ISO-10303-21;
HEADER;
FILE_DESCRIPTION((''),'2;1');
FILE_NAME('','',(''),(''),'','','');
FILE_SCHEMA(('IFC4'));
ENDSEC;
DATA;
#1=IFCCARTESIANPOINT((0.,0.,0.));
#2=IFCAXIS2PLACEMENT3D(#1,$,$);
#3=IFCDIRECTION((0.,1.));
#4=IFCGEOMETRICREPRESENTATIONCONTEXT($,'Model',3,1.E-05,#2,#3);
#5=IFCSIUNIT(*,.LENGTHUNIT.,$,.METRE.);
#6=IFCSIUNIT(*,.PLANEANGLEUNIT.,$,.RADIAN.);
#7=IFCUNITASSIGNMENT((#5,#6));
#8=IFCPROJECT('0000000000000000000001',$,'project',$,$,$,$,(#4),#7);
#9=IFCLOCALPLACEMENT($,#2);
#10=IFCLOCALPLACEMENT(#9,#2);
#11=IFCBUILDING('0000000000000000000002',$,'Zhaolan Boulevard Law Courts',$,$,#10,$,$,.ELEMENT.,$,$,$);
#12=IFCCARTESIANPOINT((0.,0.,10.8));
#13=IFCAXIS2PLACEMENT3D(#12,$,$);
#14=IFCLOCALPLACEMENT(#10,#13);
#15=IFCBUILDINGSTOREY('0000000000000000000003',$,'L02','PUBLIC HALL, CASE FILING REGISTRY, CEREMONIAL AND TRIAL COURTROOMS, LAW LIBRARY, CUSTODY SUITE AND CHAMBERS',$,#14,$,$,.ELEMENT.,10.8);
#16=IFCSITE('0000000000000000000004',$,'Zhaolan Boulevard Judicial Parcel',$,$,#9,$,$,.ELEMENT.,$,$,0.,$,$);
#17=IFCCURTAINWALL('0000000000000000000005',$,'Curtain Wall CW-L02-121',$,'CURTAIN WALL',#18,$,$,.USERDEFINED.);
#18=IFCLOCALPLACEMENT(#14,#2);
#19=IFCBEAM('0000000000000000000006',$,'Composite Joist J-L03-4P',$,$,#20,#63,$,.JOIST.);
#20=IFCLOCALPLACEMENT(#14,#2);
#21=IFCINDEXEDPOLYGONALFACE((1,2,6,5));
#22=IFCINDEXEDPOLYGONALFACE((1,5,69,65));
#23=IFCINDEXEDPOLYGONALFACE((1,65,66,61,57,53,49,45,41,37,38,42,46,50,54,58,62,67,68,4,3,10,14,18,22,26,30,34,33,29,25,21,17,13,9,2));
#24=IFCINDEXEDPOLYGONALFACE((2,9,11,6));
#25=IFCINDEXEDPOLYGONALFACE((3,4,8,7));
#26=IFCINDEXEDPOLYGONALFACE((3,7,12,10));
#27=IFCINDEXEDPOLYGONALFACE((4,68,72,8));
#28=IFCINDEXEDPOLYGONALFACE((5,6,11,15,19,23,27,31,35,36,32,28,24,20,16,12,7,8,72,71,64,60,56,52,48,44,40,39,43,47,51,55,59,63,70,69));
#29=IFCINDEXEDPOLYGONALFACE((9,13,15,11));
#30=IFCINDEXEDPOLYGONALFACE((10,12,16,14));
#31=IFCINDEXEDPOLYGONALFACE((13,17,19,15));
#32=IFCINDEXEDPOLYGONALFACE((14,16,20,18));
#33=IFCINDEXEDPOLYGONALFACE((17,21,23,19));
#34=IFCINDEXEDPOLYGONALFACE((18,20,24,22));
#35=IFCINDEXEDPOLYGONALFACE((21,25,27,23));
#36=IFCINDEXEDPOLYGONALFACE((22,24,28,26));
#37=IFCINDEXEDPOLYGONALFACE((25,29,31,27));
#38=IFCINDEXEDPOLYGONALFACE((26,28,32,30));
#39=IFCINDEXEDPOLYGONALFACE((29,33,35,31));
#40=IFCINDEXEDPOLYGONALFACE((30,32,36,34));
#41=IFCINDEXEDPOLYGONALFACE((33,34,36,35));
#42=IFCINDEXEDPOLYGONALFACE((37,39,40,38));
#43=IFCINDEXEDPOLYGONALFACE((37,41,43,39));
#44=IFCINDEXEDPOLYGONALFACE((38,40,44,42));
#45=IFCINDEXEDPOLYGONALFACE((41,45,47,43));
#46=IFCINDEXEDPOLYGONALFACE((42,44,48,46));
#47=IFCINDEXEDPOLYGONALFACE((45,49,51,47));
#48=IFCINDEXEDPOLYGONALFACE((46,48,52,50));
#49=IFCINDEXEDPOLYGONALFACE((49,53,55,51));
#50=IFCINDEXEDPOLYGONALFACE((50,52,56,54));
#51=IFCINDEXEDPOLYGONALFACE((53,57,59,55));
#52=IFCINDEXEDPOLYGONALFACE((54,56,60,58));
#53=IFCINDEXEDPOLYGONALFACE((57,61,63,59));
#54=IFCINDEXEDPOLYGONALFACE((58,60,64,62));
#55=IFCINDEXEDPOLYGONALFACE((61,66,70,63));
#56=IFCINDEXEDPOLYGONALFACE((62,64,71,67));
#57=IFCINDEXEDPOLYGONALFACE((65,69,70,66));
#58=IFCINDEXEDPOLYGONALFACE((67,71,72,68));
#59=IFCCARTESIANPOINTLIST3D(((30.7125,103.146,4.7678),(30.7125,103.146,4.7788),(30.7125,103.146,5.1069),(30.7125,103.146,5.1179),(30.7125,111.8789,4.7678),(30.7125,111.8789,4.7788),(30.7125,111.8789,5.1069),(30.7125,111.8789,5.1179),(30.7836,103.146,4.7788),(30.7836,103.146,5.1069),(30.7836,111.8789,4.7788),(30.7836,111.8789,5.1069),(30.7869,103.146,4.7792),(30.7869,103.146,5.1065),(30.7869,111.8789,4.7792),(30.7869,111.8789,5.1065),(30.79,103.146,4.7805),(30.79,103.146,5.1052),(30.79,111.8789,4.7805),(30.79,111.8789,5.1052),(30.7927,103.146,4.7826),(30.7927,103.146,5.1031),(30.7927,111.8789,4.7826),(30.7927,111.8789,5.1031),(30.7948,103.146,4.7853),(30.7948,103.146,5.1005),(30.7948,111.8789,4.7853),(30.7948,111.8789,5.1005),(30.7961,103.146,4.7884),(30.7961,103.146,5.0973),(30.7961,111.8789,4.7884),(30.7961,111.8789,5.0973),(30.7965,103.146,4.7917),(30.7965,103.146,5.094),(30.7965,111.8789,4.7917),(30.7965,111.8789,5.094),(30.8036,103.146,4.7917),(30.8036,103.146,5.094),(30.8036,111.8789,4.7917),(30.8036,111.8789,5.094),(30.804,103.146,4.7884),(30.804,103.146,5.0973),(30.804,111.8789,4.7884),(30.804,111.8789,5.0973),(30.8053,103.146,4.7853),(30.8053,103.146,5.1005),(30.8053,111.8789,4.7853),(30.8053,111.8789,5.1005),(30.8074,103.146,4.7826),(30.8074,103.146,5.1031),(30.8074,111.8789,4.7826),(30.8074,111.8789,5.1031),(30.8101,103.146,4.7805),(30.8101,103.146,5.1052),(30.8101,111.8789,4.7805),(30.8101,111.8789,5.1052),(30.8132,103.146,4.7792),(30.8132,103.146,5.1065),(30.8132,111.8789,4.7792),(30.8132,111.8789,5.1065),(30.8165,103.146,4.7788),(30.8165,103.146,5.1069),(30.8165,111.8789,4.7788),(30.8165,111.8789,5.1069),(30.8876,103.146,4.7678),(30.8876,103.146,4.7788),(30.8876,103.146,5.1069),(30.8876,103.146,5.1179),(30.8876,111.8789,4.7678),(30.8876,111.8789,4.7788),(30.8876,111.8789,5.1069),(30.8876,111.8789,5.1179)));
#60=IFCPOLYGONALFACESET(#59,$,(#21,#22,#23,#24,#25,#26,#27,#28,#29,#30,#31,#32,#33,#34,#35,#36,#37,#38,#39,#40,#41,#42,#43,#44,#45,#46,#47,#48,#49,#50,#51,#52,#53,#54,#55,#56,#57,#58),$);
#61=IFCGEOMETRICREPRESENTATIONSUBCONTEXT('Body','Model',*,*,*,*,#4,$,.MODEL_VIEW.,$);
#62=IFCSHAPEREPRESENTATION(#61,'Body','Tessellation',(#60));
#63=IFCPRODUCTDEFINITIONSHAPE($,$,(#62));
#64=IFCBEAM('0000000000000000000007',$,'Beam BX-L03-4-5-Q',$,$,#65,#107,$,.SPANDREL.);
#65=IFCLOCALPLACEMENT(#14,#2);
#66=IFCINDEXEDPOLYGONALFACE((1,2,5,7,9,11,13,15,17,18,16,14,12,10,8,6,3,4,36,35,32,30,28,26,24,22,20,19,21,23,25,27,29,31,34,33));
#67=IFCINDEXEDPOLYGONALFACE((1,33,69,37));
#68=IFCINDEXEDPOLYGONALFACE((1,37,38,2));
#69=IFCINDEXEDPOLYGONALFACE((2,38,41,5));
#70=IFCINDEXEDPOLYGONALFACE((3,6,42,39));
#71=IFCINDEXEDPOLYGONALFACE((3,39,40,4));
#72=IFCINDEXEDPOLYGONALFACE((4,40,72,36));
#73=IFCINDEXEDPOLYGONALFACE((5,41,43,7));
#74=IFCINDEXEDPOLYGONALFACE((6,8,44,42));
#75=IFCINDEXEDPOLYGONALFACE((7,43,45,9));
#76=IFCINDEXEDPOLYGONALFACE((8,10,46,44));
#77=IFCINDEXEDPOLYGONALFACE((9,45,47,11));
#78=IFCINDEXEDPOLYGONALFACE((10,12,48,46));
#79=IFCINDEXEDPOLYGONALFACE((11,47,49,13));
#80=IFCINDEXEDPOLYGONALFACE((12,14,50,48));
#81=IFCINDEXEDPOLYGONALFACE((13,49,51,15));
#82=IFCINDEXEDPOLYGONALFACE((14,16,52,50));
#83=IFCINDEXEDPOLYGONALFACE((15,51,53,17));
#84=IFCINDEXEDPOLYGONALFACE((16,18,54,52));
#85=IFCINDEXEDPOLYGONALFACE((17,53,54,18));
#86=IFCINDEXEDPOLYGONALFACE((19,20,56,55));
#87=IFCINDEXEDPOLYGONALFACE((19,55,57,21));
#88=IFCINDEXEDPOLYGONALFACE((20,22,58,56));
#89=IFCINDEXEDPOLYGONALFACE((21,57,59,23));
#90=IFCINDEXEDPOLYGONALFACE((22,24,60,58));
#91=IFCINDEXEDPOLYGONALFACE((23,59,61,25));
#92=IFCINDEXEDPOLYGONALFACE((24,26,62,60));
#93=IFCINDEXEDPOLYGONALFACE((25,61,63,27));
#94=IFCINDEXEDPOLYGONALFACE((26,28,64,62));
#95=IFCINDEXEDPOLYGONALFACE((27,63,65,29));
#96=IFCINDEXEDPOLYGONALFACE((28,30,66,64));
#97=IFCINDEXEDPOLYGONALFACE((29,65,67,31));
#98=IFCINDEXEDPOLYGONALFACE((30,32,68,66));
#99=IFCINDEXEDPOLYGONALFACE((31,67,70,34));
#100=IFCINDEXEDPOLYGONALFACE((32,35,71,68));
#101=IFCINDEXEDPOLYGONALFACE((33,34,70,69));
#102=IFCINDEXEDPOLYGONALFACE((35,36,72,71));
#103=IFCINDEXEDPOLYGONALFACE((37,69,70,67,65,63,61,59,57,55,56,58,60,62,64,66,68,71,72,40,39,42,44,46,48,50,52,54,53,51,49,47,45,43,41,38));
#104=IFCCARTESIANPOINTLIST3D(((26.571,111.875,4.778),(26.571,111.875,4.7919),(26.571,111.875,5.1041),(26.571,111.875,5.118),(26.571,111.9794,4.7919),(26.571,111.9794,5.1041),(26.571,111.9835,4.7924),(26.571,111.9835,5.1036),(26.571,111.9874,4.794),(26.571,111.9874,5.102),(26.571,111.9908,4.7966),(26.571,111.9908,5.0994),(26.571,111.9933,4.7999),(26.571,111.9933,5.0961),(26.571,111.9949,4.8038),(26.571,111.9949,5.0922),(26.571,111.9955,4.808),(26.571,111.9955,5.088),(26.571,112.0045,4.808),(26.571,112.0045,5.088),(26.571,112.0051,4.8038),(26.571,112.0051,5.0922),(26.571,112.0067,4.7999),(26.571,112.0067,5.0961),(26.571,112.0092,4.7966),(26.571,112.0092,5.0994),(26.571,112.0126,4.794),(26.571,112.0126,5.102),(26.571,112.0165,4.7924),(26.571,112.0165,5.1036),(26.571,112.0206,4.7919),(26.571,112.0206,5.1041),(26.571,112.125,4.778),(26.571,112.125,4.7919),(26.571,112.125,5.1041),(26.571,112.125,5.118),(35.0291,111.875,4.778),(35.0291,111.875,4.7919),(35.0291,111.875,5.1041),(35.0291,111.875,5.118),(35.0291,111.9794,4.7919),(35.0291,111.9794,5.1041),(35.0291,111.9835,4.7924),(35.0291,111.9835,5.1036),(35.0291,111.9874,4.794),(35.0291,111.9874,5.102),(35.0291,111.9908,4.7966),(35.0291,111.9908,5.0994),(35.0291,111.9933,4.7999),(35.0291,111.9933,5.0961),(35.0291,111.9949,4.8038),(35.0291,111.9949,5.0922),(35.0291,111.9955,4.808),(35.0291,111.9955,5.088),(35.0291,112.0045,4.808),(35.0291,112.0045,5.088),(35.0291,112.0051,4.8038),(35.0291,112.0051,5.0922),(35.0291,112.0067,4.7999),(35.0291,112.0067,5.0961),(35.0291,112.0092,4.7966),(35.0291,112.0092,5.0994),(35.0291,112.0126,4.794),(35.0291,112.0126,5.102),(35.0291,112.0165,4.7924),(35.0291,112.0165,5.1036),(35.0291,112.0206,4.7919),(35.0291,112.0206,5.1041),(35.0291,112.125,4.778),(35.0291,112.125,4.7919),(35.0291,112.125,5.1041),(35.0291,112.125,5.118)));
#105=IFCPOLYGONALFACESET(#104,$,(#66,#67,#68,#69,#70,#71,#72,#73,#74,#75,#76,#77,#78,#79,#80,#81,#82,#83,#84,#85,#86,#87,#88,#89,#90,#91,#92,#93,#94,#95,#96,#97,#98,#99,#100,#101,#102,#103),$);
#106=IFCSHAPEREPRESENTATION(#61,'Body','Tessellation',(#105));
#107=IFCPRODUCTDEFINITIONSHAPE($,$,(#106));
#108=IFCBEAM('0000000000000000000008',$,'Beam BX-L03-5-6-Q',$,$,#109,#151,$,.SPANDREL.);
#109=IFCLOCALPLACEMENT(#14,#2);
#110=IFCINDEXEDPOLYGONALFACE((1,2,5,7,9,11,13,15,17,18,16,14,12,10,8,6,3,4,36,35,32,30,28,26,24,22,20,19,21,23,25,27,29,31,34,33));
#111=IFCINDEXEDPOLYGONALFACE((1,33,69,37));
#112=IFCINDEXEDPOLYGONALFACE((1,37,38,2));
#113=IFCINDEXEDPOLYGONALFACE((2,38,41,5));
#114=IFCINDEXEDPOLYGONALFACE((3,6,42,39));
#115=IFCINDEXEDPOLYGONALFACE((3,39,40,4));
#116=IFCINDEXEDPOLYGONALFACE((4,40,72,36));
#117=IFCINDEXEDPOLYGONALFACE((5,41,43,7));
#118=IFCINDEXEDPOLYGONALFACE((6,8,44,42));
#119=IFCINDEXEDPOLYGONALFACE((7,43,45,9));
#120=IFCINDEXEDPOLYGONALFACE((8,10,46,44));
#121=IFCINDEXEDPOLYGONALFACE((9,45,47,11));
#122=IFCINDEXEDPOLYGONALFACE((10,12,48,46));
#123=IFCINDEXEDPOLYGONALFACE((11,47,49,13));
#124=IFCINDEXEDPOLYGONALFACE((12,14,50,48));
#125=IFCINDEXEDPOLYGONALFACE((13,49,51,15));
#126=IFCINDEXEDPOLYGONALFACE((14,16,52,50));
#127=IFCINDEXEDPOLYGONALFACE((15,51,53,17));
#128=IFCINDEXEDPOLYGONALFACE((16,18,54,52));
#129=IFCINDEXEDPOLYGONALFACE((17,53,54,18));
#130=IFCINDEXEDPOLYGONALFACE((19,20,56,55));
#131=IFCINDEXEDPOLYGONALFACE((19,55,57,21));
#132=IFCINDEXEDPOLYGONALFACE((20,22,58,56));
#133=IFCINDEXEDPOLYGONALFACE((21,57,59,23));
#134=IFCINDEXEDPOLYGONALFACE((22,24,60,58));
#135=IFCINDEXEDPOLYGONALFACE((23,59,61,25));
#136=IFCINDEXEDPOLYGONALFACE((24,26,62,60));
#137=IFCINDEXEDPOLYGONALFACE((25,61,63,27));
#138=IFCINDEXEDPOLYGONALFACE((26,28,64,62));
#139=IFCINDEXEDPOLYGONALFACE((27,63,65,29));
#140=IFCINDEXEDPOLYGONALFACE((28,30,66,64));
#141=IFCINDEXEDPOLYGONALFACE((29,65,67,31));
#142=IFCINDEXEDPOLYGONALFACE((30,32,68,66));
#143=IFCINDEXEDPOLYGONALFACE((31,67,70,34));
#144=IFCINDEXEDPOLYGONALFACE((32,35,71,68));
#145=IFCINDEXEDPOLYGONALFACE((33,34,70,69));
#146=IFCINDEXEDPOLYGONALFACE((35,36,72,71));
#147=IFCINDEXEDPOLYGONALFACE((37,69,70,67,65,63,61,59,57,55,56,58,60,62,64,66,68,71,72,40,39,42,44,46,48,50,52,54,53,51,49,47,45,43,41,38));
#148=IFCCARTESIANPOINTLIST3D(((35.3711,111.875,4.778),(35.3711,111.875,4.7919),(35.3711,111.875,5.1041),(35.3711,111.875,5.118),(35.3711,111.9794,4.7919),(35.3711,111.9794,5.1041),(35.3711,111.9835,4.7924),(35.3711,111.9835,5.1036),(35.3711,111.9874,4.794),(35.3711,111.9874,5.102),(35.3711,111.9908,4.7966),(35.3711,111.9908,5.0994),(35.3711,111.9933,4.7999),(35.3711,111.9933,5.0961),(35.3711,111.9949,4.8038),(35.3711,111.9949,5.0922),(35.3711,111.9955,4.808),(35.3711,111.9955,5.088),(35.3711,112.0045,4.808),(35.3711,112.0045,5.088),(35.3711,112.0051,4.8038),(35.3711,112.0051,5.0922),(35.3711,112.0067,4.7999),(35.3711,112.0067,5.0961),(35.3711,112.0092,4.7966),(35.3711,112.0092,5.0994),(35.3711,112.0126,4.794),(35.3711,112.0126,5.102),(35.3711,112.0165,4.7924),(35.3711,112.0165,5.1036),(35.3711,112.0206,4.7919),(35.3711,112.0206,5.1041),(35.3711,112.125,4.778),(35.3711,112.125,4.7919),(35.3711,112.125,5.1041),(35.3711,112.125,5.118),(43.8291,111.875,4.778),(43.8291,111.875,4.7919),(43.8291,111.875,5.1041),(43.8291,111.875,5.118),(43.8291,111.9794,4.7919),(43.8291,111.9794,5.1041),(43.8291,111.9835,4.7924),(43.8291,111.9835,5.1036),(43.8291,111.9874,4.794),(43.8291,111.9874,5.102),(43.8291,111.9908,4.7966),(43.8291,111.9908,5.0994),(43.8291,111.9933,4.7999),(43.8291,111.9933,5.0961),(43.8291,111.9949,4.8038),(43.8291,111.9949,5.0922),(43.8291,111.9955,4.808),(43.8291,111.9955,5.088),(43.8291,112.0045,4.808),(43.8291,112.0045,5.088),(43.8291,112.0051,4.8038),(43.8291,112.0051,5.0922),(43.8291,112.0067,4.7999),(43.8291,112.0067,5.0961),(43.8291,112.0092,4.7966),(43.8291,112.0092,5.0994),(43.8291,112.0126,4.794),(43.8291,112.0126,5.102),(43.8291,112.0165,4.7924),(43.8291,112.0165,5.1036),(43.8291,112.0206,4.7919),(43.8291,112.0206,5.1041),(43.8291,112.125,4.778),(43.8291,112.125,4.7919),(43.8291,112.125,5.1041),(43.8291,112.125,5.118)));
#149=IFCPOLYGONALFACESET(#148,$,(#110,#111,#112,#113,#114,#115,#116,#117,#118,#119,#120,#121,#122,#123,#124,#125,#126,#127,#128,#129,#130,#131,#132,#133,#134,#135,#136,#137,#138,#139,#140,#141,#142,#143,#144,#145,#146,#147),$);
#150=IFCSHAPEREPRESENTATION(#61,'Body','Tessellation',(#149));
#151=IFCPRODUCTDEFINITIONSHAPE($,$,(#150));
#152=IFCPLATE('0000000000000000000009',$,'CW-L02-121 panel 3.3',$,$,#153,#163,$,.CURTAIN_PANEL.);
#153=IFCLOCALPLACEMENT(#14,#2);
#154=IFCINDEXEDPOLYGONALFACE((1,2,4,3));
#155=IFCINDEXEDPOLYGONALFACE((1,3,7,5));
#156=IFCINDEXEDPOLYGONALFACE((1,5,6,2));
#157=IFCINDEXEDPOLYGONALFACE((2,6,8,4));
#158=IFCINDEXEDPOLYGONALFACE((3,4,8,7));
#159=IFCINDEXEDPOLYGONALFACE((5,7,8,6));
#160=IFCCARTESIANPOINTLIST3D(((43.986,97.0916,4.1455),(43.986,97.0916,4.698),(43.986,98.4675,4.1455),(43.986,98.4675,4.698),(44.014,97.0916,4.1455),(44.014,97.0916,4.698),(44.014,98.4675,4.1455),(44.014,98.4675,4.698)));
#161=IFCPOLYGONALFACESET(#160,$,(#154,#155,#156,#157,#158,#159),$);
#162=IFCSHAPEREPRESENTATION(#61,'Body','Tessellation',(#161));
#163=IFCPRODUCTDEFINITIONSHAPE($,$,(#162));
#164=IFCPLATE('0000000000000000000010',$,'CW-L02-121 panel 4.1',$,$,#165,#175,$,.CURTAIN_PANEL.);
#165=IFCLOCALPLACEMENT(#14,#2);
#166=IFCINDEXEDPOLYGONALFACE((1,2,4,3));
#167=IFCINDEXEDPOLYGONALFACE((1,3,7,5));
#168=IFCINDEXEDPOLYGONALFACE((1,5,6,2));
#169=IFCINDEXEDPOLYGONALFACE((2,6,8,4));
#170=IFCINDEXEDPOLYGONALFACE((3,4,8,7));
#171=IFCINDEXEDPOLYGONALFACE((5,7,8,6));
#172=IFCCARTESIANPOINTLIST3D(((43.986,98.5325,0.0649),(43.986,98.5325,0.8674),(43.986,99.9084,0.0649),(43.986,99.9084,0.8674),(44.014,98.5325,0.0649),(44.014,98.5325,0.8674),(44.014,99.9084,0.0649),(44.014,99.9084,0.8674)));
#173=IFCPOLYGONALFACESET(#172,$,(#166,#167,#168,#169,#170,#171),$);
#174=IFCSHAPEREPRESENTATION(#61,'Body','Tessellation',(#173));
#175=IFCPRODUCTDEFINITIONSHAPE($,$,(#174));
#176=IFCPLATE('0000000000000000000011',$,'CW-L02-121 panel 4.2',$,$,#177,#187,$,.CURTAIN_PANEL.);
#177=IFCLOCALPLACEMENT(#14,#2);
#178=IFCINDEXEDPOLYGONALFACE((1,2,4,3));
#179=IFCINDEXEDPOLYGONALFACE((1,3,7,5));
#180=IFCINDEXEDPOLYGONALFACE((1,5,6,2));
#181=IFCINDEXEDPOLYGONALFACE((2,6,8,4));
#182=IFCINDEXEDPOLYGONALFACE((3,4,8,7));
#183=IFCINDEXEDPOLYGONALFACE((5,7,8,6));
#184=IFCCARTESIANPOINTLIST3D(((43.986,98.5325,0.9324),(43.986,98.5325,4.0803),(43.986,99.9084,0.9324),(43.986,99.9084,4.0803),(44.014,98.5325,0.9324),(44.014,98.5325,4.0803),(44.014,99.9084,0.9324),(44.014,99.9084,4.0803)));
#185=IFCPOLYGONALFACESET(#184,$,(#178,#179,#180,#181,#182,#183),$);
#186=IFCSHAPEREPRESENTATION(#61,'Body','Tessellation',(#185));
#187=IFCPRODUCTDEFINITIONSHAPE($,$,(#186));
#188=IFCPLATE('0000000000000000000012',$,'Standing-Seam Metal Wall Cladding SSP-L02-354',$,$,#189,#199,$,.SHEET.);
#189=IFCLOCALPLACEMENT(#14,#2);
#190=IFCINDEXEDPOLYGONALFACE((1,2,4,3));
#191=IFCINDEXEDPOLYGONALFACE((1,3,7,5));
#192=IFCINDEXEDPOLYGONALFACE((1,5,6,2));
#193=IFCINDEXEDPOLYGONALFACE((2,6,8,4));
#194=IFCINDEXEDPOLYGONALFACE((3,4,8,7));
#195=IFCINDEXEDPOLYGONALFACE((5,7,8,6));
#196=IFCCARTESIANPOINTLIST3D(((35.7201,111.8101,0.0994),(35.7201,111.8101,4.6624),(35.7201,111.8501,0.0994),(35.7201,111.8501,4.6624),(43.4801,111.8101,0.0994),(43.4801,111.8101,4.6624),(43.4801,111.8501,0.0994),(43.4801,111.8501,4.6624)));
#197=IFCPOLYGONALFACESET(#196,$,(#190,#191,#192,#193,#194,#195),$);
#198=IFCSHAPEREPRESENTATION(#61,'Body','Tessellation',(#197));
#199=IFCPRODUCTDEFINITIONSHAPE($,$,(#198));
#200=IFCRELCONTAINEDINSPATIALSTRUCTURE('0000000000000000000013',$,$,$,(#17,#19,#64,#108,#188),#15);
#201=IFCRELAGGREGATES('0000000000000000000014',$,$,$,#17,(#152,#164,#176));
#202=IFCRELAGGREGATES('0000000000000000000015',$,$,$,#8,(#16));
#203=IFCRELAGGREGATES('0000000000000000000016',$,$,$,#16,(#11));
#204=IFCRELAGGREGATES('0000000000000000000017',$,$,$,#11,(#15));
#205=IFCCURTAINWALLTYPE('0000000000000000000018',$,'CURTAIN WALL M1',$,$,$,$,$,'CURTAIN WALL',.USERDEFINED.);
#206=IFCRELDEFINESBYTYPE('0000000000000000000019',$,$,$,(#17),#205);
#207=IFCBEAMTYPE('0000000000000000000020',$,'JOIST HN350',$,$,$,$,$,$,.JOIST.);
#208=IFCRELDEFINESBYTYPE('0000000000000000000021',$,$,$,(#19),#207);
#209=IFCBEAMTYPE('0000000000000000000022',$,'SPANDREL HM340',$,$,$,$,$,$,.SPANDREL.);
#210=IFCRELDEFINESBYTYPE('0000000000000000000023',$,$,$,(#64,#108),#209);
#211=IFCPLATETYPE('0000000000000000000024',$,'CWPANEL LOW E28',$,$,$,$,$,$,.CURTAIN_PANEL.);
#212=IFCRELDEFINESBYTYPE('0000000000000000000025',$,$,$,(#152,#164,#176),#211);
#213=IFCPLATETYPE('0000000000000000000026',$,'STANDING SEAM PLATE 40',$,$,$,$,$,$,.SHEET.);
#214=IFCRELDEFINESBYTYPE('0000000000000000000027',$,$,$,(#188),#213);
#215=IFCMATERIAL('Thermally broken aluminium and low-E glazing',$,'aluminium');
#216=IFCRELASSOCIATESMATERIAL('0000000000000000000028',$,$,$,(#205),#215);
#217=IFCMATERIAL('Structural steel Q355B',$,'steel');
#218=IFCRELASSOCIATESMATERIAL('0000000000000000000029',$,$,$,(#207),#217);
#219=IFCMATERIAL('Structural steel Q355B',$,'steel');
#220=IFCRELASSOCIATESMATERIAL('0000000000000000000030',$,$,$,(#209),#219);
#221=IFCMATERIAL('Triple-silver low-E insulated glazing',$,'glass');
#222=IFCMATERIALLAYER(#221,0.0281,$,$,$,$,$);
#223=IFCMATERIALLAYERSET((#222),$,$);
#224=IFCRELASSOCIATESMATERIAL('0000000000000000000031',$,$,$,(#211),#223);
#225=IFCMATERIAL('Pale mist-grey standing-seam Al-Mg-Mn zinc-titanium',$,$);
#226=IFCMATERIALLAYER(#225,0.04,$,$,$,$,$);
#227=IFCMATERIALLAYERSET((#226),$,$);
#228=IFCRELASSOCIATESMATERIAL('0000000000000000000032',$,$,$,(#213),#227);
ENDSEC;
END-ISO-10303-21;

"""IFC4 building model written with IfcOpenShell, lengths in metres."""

from ifc_helpers import new_model, si_unit, direction, frame, origin, origin_2d, place, context, subcontext, project, spatial, rectangle, i_section, extrude, material, layer, layer_set, material_profile, profile_set, type_object, element, aggregate, save


model = new_model("IFC4")

# Units and contexts
model_context = context("Model", 3, precision=1e-05, world=origin(), true_north=direction((0.0, 1.0)))
body_context = subcontext(model_context, "Body", "Model", "MODEL_VIEW")
ifc_project = project(units=[si_unit("LENGTHUNIT", "METRE"), si_unit("PLANEANGLEUNIT", "RADIAN")], contexts=[model_context])

# Site, building, storey
site_placement = place(None, origin())
site = spatial("IfcSite", under=ifc_project, at=site_placement, Name="Zhaolan Boulevard Judicial Parcel", CompositionType="ELEMENT", RefElevation=0.0)
building_placement = place(site_placement, origin())
building = spatial("IfcBuilding", under=site, at=building_placement, Name="Zhaolan Boulevard Law Courts", CompositionType="ELEMENT")
storey_placement = place(building_placement, frame((0.0, 0.0, 10.8)))
storey = spatial("IfcBuildingStorey", under=building, at=storey_placement, Name="L02", Description="PUBLIC HALL, CASE FILING REGISTRY, CEREMONIAL AND TRIAL COURTROOMS, LAW LIBRARY, CUSTODY SUITE AND CHAMBERS", CompositionType="ELEMENT", Elevation=10.8)

# Curtain wall
ifc_material_1 = material(Name="Thermally broken aluminium and low-E glazing", Category="aluminium")
curtain_wall_type = type_object("IfcCurtainWallType", Name="CURTAIN WALL M1", ElementType="CURTAIN WALL", PredefinedType="USERDEFINED", material=ifc_material_1)
curtain_wall_placement = place(storey_placement, origin())
curtain_wall = element("IfcCurtainWall", 1, at=curtain_wall_placement, inside=storey, type_object=curtain_wall_type, Name="Curtain Wall CW-L02-121", ObjectType="CURTAIN WALL", PredefinedType="USERDEFINED")

# Beams
ifc_material_2 = material(Name="Structural steel Q355B", Category="steel")
ifc_material_profile_1 = material_profile(ifc_material_2, i_section(OverallWidth=0.175, OverallDepth=0.3501, WebThickness=0.0071, FlangeThickness=0.011, FilletRadius=0.0129, at=origin_2d()), Name="HN350x175")
ifc_profile_set_1 = profile_set([ifc_material_profile_1], Name="Structural steel Q355B")
beam_type_1 = type_object("IfcBeamType", Name="JOIST HN350", PredefinedType="JOIST", material=ifc_profile_set_1)
beam_1_placement = place(storey_placement, frame((30.8, 103.146, 4.9429), z_axis=(0.0, 1.0, 0.0), x_axis=(-1.0, 0.0, 0.0)))
element("IfcBeam", 2, at=beam_1_placement, inside=storey, type_object=beam_type_1, Name="Composite Joist J-L03-4P", PredefinedType="JOIST", context=body_context, shape_type="SweptSolid", body=[
    extrude(i_section(OverallWidth=0.175, OverallDepth=0.3501, WebThickness=0.0071, FlangeThickness=0.011, FilletRadius=0.0129, at=origin_2d()), origin(), (0.0, 0.0, 1.0), 8.7329),
])
ifc_material_3 = material(Name="Structural steel Q355B", Category="steel")
ifc_material_profile_2 = material_profile(ifc_material_3, i_section(OverallWidth=0.25, OverallDepth=0.3401, WebThickness=0.009, FlangeThickness=0.0139, FilletRadius=0.0161, at=origin_2d()), Name="HM340x250")
ifc_profile_set_2 = profile_set([ifc_material_profile_2], Name="Structural steel Q355B")
beam_type_2 = type_object("IfcBeamType", Name="SPANDREL HM340", PredefinedType="SPANDREL", material=ifc_profile_set_2)
for number, where, z_axis, x_axis, name in (
    (3, (26.571, 112.0, 4.948), (1.0, 0.0, 0.0), (0.0, 1.0, 0.0), "Beam BX-L03-4-5-Q"),
    (4, (35.3711, 112.0, 4.948), (1.0, 0.0, 0.0), (0.0, 1.0, 0.0), "Beam BX-L03-5-6-Q"),
):
    element("IfcBeam", number, at=place(storey_placement, frame(where, z_axis=z_axis, x_axis=x_axis)), inside=storey, type_object=beam_type_2, Name=name, PredefinedType="SPANDREL", context=body_context, shape_type="SweptSolid", body=[
        extrude(i_section(OverallWidth=0.25, OverallDepth=0.3401, WebThickness=0.009, FlangeThickness=0.0139, FilletRadius=0.0161, at=origin_2d()), origin(), (0.0, 0.0, 1.0), 8.458),
    ])

# Plates
ifc_material_4 = material(Name="Triple-silver low-E insulated glazing", Category="glass")
ifc_layer_1 = layer(ifc_material_4, 0.0281)
ifc_layer_set_1 = layer_set([ifc_layer_1])
plate_type_1 = type_object("IfcPlateType", Name="CWPANEL LOW E28", PredefinedType="CURTAIN_PANEL", material=ifc_layer_set_1)
plate_1_placement = place(storey_placement, frame((44.0, 97.7795, 4.1455), z_axis=(0.0, 0.0, 1.0), x_axis=(0.0, 1.0, 0.0)))
plate_1 = element("IfcPlate", 5, at=plate_1_placement, type_object=plate_type_1, Name="CW-L02-121 panel 3.3", PredefinedType="CURTAIN_PANEL", context=body_context, shape_type="SweptSolid", body=[
    extrude(rectangle(XDim=1.376, YDim=0.0281, at=origin_2d()), origin(), (0.0, 0.0, 1.0), 0.5525),
])
plate_2_placement = place(storey_placement, frame((44.0, 99.2205, 0.0649), z_axis=(0.0, 0.0, 1.0), x_axis=(0.0, 1.0, 0.0)))
plate_2 = element("IfcPlate", 6, at=plate_2_placement, type_object=plate_type_1, Name="CW-L02-121 panel 4.1", PredefinedType="CURTAIN_PANEL", context=body_context, shape_type="SweptSolid", body=[
    extrude(rectangle(XDim=1.376, YDim=0.0281, at=origin_2d()), origin(), (0.0, 0.0, 1.0), 0.8025),
])
plate_3_placement = place(storey_placement, frame((44.0, 99.2205, 0.9324), z_axis=(0.0, 0.0, 1.0), x_axis=(0.0, 1.0, 0.0)))
plate_3 = element("IfcPlate", 7, at=plate_3_placement, type_object=plate_type_1, Name="CW-L02-121 panel 4.2", PredefinedType="CURTAIN_PANEL", context=body_context, shape_type="SweptSolid", body=[
    extrude(rectangle(XDim=1.376, YDim=0.0281, at=origin_2d()), origin(), (0.0, 0.0, 1.0), 3.1479),
])
aggregate(curtain_wall, [plate_1, plate_2, plate_3])

# Plate
ifc_material_5 = material(Name="Pale mist-grey standing-seam Al-Mg-Mn zinc-titanium")
ifc_layer_2 = layer(ifc_material_5, 0.04)
ifc_layer_set_2 = layer_set([ifc_layer_2])
plate_type_2 = type_object("IfcPlateType", Name="STANDING SEAM PLATE 40", PredefinedType="SHEET", material=ifc_layer_set_2)
plate_4_placement = place(storey_placement, frame((39.6001, 111.8301, 0.0994), z_axis=(0.0, 0.0, 1.0), x_axis=(-1.0, 0.0, 0.0)))
element("IfcPlate", 8, at=plate_4_placement, inside=storey, type_object=plate_type_2, Name="Standing-Seam Metal Wall Cladding SSP-L02-354", PredefinedType="SHEET", context=body_context, shape_type="SweptSolid", body=[
    extrude(rectangle(XDim=7.76, YDim=0.04, at=origin_2d()), origin(), (0.0, 0.0, 1.0), 4.563),
])

save(model, "model.ifc")
